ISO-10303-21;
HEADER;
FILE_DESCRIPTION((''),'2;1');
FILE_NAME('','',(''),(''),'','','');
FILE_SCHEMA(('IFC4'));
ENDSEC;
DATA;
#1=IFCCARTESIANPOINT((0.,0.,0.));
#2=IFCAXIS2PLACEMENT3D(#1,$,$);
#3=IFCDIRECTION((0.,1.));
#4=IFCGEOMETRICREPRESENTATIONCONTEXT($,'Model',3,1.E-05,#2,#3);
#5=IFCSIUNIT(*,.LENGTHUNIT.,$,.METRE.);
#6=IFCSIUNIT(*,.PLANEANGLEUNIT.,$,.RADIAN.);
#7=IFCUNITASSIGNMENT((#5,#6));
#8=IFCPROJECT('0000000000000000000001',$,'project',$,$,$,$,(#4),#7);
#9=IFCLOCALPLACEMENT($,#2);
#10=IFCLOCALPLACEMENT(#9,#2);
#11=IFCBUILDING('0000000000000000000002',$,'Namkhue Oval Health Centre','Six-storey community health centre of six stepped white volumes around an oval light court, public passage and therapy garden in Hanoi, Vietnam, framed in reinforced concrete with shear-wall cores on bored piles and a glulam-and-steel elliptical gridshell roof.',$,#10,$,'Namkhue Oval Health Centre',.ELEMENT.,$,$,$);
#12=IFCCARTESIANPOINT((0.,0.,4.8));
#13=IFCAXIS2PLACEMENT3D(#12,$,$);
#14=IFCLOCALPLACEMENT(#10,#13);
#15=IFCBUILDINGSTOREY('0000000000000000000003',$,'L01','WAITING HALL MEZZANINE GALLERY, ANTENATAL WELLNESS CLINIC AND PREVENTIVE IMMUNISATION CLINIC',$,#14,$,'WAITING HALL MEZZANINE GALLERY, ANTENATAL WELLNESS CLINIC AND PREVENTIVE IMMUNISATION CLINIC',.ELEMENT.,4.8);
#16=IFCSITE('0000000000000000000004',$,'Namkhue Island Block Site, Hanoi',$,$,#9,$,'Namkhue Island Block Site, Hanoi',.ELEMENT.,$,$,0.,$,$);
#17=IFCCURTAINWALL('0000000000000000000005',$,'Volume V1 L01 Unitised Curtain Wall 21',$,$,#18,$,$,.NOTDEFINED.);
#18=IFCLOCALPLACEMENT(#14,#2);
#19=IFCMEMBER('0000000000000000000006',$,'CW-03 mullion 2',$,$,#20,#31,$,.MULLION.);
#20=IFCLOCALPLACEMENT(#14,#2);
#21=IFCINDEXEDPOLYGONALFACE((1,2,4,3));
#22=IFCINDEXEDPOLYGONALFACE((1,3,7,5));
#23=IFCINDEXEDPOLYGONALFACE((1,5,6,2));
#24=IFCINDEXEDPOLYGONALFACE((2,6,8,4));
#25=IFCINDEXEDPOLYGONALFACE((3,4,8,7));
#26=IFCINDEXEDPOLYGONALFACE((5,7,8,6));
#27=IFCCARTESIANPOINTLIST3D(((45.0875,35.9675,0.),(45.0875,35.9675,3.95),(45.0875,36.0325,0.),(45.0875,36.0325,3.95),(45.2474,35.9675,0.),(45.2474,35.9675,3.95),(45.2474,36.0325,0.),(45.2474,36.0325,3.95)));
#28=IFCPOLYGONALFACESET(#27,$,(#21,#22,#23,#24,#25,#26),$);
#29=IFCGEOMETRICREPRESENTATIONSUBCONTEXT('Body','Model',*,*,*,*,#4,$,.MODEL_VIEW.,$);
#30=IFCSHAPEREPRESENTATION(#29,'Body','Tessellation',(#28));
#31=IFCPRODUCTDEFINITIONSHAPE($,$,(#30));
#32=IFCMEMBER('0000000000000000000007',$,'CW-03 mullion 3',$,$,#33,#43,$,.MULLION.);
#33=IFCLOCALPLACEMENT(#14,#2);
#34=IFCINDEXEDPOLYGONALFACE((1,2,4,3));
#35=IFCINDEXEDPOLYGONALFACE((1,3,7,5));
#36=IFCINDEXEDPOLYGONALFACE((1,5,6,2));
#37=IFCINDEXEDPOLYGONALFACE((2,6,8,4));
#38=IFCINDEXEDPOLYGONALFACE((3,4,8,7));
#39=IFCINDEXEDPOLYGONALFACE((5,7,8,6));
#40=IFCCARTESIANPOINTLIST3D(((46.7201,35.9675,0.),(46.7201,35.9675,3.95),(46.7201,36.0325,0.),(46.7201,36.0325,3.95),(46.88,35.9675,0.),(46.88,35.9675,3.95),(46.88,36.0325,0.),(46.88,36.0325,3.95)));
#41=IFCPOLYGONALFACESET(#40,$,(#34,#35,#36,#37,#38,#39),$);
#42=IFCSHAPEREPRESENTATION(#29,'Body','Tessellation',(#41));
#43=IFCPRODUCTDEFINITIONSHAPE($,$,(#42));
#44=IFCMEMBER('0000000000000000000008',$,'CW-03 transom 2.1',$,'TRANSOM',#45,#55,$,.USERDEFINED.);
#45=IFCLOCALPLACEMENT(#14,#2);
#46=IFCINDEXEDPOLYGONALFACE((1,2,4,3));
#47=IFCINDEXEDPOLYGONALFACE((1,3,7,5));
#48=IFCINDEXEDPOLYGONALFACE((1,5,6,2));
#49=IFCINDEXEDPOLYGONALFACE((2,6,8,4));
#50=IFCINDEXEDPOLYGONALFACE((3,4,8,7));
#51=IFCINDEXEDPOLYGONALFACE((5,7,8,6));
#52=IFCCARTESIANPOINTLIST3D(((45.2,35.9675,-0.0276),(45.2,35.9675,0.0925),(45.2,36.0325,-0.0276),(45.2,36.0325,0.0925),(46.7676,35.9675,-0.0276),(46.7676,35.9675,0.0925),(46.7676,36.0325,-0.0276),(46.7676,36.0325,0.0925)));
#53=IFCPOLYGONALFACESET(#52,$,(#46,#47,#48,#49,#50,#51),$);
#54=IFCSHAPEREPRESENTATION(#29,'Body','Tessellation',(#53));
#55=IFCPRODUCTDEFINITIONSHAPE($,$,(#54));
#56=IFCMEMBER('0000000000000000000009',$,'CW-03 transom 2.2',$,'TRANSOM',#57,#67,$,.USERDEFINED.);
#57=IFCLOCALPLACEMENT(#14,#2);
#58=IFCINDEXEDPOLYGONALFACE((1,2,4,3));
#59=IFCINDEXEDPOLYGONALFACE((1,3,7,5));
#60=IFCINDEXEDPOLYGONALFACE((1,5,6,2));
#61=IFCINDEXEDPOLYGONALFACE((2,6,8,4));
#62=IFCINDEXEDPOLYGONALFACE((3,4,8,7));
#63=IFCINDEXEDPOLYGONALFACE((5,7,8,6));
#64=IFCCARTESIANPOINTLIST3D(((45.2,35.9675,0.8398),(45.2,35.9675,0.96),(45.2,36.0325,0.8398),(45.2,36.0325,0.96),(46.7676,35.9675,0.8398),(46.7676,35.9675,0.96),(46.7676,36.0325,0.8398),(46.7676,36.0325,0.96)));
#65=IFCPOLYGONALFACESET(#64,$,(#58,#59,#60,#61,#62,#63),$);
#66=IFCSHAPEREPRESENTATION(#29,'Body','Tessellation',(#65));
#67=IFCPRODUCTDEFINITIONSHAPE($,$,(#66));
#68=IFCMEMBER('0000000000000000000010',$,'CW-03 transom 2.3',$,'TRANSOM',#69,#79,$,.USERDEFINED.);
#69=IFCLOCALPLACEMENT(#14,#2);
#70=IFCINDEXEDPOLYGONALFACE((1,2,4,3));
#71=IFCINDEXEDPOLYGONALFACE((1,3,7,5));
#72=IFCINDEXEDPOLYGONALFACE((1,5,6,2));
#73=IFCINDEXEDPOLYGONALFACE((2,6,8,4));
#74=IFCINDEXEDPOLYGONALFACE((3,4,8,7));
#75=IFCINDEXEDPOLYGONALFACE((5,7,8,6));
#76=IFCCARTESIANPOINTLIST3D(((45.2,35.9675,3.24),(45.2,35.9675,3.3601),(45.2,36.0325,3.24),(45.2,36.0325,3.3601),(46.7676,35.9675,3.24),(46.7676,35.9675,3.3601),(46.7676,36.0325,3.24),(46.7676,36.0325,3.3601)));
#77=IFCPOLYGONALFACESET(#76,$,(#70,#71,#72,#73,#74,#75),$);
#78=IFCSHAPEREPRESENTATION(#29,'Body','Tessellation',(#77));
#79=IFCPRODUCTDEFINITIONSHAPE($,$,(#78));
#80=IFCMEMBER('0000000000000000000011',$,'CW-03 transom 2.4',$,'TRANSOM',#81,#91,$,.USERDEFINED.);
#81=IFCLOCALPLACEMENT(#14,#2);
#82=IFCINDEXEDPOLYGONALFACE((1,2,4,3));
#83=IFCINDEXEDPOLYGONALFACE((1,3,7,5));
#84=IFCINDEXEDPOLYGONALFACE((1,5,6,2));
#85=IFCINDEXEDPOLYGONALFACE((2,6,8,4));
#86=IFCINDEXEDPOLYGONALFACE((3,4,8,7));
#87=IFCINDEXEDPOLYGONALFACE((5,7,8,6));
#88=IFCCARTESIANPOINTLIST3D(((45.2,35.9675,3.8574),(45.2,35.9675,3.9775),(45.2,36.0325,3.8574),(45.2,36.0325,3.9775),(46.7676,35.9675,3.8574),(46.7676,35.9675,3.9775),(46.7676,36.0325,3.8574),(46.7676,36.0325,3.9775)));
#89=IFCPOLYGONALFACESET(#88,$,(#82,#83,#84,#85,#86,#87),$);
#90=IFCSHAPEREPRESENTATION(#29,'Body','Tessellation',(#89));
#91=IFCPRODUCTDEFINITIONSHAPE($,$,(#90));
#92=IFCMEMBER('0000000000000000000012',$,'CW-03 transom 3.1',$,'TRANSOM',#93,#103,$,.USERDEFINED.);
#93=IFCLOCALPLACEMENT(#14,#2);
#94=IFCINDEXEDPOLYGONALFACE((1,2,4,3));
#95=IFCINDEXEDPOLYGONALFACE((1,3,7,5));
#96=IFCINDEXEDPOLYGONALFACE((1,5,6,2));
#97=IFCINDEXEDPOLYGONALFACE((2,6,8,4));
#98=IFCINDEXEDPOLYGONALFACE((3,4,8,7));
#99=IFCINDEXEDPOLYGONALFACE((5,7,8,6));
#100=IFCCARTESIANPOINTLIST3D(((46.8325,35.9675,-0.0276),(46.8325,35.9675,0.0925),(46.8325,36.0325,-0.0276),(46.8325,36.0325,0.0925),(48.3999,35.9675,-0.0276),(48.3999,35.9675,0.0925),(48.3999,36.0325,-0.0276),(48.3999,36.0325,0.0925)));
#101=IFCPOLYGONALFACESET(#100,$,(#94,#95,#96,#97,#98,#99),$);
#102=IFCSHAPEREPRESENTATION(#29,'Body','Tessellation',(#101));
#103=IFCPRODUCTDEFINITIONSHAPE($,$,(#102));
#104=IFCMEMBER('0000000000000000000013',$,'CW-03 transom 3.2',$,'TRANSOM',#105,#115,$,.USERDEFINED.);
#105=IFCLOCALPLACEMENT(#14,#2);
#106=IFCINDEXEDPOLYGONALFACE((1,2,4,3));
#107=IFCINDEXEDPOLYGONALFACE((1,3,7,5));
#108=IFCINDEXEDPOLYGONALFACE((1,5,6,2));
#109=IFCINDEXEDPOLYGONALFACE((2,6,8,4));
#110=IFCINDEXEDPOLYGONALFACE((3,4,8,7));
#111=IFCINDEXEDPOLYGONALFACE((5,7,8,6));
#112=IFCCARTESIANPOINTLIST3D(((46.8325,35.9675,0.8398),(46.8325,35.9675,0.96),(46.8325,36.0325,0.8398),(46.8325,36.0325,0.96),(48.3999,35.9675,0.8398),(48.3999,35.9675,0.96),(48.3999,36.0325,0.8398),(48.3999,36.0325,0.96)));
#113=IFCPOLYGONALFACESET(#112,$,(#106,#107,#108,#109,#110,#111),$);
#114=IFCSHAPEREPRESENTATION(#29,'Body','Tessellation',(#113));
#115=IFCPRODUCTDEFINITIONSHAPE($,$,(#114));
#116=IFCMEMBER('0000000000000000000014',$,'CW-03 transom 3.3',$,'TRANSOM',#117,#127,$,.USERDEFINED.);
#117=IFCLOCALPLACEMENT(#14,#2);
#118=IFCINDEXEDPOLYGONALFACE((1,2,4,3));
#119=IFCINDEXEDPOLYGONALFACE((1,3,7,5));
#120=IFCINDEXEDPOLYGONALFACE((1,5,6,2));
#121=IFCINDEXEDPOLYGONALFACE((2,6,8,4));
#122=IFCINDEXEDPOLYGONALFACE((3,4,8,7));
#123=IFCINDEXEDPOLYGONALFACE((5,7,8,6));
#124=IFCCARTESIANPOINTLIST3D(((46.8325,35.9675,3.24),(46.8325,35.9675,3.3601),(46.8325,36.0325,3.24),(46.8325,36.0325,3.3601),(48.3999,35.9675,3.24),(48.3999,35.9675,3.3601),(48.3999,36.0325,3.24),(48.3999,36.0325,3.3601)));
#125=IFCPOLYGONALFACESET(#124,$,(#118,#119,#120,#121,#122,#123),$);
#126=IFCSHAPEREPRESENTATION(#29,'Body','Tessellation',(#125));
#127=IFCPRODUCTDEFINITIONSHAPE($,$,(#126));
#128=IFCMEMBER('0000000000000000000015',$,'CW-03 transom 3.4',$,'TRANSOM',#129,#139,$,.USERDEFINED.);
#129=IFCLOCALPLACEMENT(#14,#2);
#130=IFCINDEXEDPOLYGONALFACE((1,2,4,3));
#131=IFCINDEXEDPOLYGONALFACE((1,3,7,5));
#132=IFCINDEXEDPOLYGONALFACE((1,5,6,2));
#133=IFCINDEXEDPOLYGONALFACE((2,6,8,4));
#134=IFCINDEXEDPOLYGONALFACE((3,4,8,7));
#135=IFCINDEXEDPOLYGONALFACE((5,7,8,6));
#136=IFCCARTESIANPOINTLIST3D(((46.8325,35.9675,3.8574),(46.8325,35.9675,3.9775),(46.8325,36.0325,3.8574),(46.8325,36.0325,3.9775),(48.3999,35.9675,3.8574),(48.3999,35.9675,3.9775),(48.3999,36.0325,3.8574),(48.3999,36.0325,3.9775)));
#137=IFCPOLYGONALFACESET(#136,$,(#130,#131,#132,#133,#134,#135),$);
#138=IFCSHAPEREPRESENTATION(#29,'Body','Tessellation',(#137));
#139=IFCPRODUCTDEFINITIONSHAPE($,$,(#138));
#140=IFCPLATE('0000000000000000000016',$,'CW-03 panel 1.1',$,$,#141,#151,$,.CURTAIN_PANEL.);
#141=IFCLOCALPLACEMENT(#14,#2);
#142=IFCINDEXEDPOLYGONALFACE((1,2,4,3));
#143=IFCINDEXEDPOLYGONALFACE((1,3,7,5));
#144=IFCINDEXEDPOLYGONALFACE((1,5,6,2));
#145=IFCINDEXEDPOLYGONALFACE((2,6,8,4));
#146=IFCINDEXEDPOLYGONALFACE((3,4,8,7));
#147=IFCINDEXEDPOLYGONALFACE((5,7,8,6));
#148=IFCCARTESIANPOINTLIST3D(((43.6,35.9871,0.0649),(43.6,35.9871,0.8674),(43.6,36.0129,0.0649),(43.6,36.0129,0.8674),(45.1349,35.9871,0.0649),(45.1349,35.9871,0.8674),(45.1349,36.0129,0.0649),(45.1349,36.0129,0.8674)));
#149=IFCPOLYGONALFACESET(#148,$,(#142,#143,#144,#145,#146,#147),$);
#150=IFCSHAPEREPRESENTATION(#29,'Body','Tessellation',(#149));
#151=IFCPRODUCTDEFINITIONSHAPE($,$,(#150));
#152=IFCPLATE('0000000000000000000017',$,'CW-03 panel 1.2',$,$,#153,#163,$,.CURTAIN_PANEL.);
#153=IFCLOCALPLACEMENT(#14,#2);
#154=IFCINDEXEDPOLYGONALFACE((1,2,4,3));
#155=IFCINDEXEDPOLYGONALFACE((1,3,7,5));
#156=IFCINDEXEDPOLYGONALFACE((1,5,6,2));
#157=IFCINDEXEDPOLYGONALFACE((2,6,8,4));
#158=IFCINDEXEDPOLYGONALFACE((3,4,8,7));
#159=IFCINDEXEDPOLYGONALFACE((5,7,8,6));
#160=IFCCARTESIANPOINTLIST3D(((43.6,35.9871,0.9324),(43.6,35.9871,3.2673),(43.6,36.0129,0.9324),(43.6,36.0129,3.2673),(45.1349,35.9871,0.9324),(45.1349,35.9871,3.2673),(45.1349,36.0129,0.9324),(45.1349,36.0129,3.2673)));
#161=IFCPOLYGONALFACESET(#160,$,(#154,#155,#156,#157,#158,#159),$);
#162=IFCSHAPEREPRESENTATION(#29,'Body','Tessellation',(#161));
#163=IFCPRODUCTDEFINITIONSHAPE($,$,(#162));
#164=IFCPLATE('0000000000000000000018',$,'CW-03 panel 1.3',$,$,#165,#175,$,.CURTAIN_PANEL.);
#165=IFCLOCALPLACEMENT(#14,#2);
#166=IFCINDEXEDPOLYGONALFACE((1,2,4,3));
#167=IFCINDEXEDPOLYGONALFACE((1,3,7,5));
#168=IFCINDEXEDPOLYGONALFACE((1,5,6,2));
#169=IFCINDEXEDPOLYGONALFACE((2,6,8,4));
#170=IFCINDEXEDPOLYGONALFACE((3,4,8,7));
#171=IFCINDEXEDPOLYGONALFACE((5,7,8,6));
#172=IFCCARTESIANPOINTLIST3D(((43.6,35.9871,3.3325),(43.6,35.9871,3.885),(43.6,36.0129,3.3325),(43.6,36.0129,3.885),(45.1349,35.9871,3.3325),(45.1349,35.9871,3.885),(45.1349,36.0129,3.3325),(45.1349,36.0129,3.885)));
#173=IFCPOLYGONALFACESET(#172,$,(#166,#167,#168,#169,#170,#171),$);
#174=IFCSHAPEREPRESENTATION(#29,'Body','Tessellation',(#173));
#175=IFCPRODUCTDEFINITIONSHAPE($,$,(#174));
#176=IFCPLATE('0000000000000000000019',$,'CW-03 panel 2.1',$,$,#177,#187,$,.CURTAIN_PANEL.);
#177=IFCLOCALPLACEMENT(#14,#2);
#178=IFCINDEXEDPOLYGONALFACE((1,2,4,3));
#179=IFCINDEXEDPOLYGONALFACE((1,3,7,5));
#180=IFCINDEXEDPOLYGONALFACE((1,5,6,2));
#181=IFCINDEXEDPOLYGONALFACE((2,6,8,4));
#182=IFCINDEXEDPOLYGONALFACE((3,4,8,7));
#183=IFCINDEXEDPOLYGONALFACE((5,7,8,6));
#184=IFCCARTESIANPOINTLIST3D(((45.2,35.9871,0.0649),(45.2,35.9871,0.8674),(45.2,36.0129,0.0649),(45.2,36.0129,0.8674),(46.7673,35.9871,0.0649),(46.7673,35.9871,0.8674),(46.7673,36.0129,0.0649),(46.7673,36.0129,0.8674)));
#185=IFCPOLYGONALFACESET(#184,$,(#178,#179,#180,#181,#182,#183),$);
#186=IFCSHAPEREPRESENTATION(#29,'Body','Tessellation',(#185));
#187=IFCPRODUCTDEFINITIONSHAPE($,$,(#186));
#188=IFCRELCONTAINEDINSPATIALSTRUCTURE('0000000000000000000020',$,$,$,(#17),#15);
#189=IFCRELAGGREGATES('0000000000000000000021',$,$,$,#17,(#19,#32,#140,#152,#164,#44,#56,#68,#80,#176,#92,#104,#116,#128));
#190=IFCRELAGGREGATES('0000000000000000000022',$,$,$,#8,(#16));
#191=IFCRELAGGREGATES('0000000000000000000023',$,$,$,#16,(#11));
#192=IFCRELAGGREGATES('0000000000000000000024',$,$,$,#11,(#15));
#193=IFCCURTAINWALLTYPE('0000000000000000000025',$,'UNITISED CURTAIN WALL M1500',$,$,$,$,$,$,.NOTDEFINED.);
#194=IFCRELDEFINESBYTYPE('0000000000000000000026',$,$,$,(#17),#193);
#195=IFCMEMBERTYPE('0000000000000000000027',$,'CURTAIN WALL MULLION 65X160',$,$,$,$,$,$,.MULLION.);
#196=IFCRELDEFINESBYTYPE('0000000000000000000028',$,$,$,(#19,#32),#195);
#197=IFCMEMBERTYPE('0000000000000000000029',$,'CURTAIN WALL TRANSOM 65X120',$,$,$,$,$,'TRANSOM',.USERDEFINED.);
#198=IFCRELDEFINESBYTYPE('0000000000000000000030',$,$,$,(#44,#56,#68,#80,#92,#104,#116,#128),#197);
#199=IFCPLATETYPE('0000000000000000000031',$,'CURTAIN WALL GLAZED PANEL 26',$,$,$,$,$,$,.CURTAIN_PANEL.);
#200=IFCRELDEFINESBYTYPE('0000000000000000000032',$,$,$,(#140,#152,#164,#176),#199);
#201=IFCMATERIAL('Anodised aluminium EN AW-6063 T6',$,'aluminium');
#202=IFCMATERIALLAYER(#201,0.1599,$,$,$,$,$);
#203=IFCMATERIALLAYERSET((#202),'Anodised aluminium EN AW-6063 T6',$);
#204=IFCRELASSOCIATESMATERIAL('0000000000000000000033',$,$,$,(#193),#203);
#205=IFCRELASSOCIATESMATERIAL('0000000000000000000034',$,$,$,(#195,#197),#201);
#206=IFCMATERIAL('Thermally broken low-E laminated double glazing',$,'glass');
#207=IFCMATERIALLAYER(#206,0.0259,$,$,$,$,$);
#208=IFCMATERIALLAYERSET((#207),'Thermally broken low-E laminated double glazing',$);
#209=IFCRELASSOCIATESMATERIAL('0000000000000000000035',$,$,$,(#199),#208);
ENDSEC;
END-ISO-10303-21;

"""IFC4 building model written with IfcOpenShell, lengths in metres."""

from ifc_helpers import new_model, si_unit, direction, frame, origin, origin_2d, place, context, subcontext, project, spatial, rectangle, extrude, material, layer, layer_set, material_profile, profile_set, type_object, element, aggregate, save


model = new_model("IFC4")

# Units and contexts
model_context = context("Model", 3, precision=1e-05, world=origin(), true_north=direction((0.0, 1.0)))
body_context = subcontext(model_context, "Body", "Model", "MODEL_VIEW")
ifc_project = project(units=[si_unit("LENGTHUNIT", "METRE"), si_unit("PLANEANGLEUNIT", "RADIAN")], contexts=[model_context])

# Site, building, storey
site_placement = place(None, origin())
site = spatial("IfcSite", under=ifc_project, at=site_placement, Name="Namkhue Island Block Site, Hanoi", LongName="Namkhue Island Block Site, Hanoi", CompositionType="ELEMENT", RefElevation=0.0)
building_placement = place(site_placement, origin())
building = spatial("IfcBuilding", under=site, at=building_placement, Name="Namkhue Oval Health Centre", Description="Six-storey community health centre of six stepped white volumes around an oval light court, public passage and therapy garden in Hanoi, Vietnam, framed in reinforced concrete with shear-wall cores on bored piles and a glulam-and-steel elliptical gridshell roof.", LongName="Namkhue Oval Health Centre", CompositionType="ELEMENT")
storey_placement = place(building_placement, frame((0.0, 0.0, 4.8)))
storey = spatial("IfcBuildingStorey", under=building, at=storey_placement, Name="L01", Description="WAITING HALL MEZZANINE GALLERY, ANTENATAL WELLNESS CLINIC AND PREVENTIVE IMMUNISATION CLINIC", LongName="WAITING HALL MEZZANINE GALLERY, ANTENATAL WELLNESS CLINIC AND PREVENTIVE IMMUNISATION CLINIC", CompositionType="ELEMENT", Elevation=4.8)

# Curtain wall, members, plates
ifc_material_1 = material(Name="Anodised aluminium EN AW-6063 T6", Category="aluminium")
ifc_layer_1 = layer(ifc_material_1, 0.1599)
ifc_layer_set_1 = layer_set([ifc_layer_1], Name="Anodised aluminium EN AW-6063 T6")
curtain_wall_type = type_object("IfcCurtainWallType", Name="UNITISED CURTAIN WALL M1500", PredefinedType="NOTDEFINED", material=ifc_layer_set_1)
curtain_wall_placement = place(storey_placement, origin())
curtain_wall = element("IfcCurtainWall", 1, at=curtain_wall_placement, inside=storey, type_object=curtain_wall_type, Name="Volume V1 L01 Unitised Curtain Wall 21", PredefinedType="NOTDEFINED")
ifc_material_profile_1 = material_profile(ifc_material_1, rectangle(XDim=0.0649, YDim=0.1599, at=origin_2d()), Name="ALU 65x160")
ifc_profile_set_1 = profile_set([ifc_material_profile_1], Name="Anodised aluminium EN AW-6063 T6")
member_type_1 = type_object("IfcMemberType", Name="CURTAIN WALL MULLION 65X160", PredefinedType="MULLION", material=ifc_profile_set_1)
member_1_placement = place(storey_placement, frame((45.1675, 36.0, 0.0), z_axis=(0.0, 0.0, 1.0), x_axis=(0.0, 1.0, 0.0)))
member_1 = element("IfcMember", 2, at=member_1_placement, type_object=member_type_1, Name="CW-03 mullion 2", PredefinedType="MULLION", context=body_context, shape_type="SweptSolid", body=[
    extrude(rectangle(XDim=0.0649, YDim=0.1599, at=origin_2d()), origin(), (0.0, 0.0, 1.0), 3.95),
])
member_2_placement = place(storey_placement, frame((46.8, 36.0, 0.0), z_axis=(0.0, 0.0, 1.0), x_axis=(0.0, 1.0, 0.0)))
member_2 = element("IfcMember", 3, at=member_2_placement, type_object=member_type_1, Name="CW-03 mullion 3", PredefinedType="MULLION", context=body_context, shape_type="SweptSolid", body=[
    extrude(rectangle(XDim=0.0649, YDim=0.1599, at=origin_2d()), origin(), (0.0, 0.0, 1.0), 3.95),
])
ifc_material_profile_2 = material_profile(ifc_material_1, rectangle(XDim=0.0649, YDim=0.1201, at=origin_2d()), Name="ALU 65x120")
ifc_profile_set_2 = profile_set([ifc_material_profile_2], Name="Anodised aluminium EN AW-6063 T6")
member_type_2 = type_object("IfcMemberType", Name="CURTAIN WALL TRANSOM 65X120", ElementType="TRANSOM", PredefinedType="USERDEFINED", material=ifc_profile_set_2)
member_3_placement = place(storey_placement, frame((45.2, 36.0, 0.0325), z_axis=(1.0, 0.0, 0.0), x_axis=(0.0, 1.0, 0.0)))
member_3 = element("IfcMember", 4, at=member_3_placement, type_object=member_type_2, Name="CW-03 transom 2.1", ObjectType="TRANSOM", PredefinedType="USERDEFINED", context=body_context, shape_type="SweptSolid", body=[
    extrude(rectangle(XDim=0.0649, YDim=0.1201, at=origin_2d()), origin(), (0.0, 0.0, 1.0), 1.5676),
])
member_4_placement = place(storey_placement, frame((45.2, 36.0, 0.8999), z_axis=(1.0, 0.0, 0.0), x_axis=(0.0, 1.0, 0.0)))
member_4 = element("IfcMember", 5, at=member_4_placement, type_object=member_type_2, Name="CW-03 transom 2.2", ObjectType="TRANSOM", PredefinedType="USERDEFINED", context=body_context, shape_type="SweptSolid", body=[
    extrude(rectangle(XDim=0.0649, YDim=0.1201, at=origin_2d()), origin(), (0.0, 0.0, 1.0), 1.5676),
])
member_5_placement = place(storey_placement, frame((45.2, 36.0, 3.3), z_axis=(1.0, 0.0, 0.0), x_axis=(0.0, 1.0, 0.0)))
member_5 = element("IfcMember", 6, at=member_5_placement, type_object=member_type_2, Name="CW-03 transom 2.3", ObjectType="TRANSOM", PredefinedType="USERDEFINED", context=body_context, shape_type="SweptSolid", body=[
    extrude(rectangle(XDim=0.0649, YDim=0.1201, at=origin_2d()), origin(), (0.0, 0.0, 1.0), 1.5676),
])
member_6_placement = place(storey_placement, frame((45.2, 36.0, 3.9175), z_axis=(1.0, 0.0, 0.0), x_axis=(0.0, 1.0, 0.0)))
member_6 = element("IfcMember", 7, at=member_6_placement, type_object=member_type_2, Name="CW-03 transom 2.4", ObjectType="TRANSOM", PredefinedType="USERDEFINED", context=body_context, shape_type="SweptSolid", body=[
    extrude(rectangle(XDim=0.0649, YDim=0.1201, at=origin_2d()), origin(), (0.0, 0.0, 1.0), 1.5676),
])
member_7_placement = place(storey_placement, frame((46.8325, 36.0, 0.0325), z_axis=(1.0, 0.0, 0.0), x_axis=(0.0, 1.0, 0.0)))
member_7 = element("IfcMember", 8, at=member_7_placement, type_object=member_type_2, Name="CW-03 transom 3.1", ObjectType="TRANSOM", PredefinedType="USERDEFINED", context=body_context, shape_type="SweptSolid", body=[
    extrude(rectangle(XDim=0.0649, YDim=0.1201, at=origin_2d()), origin(), (0.0, 0.0, 1.0), 1.5674),
])
member_8_placement = place(storey_placement, frame((46.8325, 36.0, 0.8999), z_axis=(1.0, 0.0, 0.0), x_axis=(0.0, 1.0, 0.0)))
member_8 = element("IfcMember", 9, at=member_8_placement, type_object=member_type_2, Name="CW-03 transom 3.2", ObjectType="TRANSOM", PredefinedType="USERDEFINED", context=body_context, shape_type="SweptSolid", body=[
    extrude(rectangle(XDim=0.0649, YDim=0.1201, at=origin_2d()), origin(), (0.0, 0.0, 1.0), 1.5674),
])
member_9_placement = place(storey_placement, frame((46.8325, 36.0, 3.3), z_axis=(1.0, 0.0, 0.0), x_axis=(0.0, 1.0, 0.0)))
member_9 = element("IfcMember", 10, at=member_9_placement, type_object=member_type_2, Name="CW-03 transom 3.3", ObjectType="TRANSOM", PredefinedType="USERDEFINED", context=body_context, shape_type="SweptSolid", body=[
    extrude(rectangle(XDim=0.0649, YDim=0.1201, at=origin_2d()), origin(), (0.0, 0.0, 1.0), 1.5674),
])
member_10_placement = place(storey_placement, frame((46.8325, 36.0, 3.9175), z_axis=(1.0, 0.0, 0.0), x_axis=(0.0, 1.0, 0.0)))
member_10 = element("IfcMember", 11, at=member_10_placement, type_object=member_type_2, Name="CW-03 transom 3.4", ObjectType="TRANSOM", PredefinedType="USERDEFINED", context=body_context, shape_type="SweptSolid", body=[
    extrude(rectangle(XDim=0.0649, YDim=0.1201, at=origin_2d()), origin(), (0.0, 0.0, 1.0), 1.5674),
])
ifc_material_2 = material(Name="Thermally broken low-E laminated double glazing", Category="glass")
ifc_layer_2 = layer(ifc_material_2, 0.0259)
ifc_layer_set_2 = layer_set([ifc_layer_2], Name="Thermally broken low-E laminated double glazing")
plate_type = type_object("IfcPlateType", Name="CURTAIN WALL GLAZED PANEL 26", PredefinedType="CURTAIN_PANEL", material=ifc_layer_set_2)
plate_1_placement = place(storey_placement, frame((44.3674, 36.0, 0.0649), z_axis=(0.0, 0.0, 1.0), x_axis=(1.0, 0.0, 0.0)))
plate_1 = element("IfcPlate", 12, at=plate_1_placement, type_object=plate_type, Name="CW-03 panel 1.1", PredefinedType="CURTAIN_PANEL", context=body_context, shape_type="SweptSolid", body=[
    extrude(rectangle(XDim=1.5349, YDim=0.0259, at=origin_2d()), origin(), (0.0, 0.0, 1.0), 0.8025),
])
plate_2_placement = place(storey_placement, frame((44.3674, 36.0, 0.9324), z_axis=(0.0, 0.0, 1.0), x_axis=(1.0, 0.0, 0.0)))
plate_2 = element("IfcPlate", 13, at=plate_2_placement, type_object=plate_type, Name="CW-03 panel 1.2", PredefinedType="CURTAIN_PANEL", context=body_context, shape_type="SweptSolid", body=[
    extrude(rectangle(XDim=1.5349, YDim=0.0259, at=origin_2d()), origin(), (0.0, 0.0, 1.0), 2.335),
])
plate_3_placement = place(storey_placement, frame((44.3674, 36.0, 3.3325), z_axis=(0.0, 0.0, 1.0), x_axis=(1.0, 0.0, 0.0)))
plate_3 = element("IfcPlate", 14, at=plate_3_placement, type_object=plate_type, Name="CW-03 panel 1.3", PredefinedType="CURTAIN_PANEL", context=body_context, shape_type="SweptSolid", body=[
    extrude(rectangle(XDim=1.5349, YDim=0.0259, at=origin_2d()), origin(), (0.0, 0.0, 1.0), 0.5525),
])
plate_4_placement = place(storey_placement, frame((45.9836, 36.0, 0.0649), z_axis=(0.0, 0.0, 1.0), x_axis=(1.0, 0.0, 0.0)))
plate_4 = element("IfcPlate", 15, at=plate_4_placement, type_object=plate_type, Name="CW-03 panel 2.1", PredefinedType="CURTAIN_PANEL", context=body_context, shape_type="SweptSolid", body=[
    extrude(rectangle(XDim=1.5674, YDim=0.0259, at=origin_2d()), origin(), (0.0, 0.0, 1.0), 0.8025),
])
aggregate(curtain_wall, [member_1, member_2, plate_1, plate_2, plate_3, member_3, member_4, member_5, member_6, plate_4, member_7, member_8, member_9, member_10])

save(model, "model.ifc")
